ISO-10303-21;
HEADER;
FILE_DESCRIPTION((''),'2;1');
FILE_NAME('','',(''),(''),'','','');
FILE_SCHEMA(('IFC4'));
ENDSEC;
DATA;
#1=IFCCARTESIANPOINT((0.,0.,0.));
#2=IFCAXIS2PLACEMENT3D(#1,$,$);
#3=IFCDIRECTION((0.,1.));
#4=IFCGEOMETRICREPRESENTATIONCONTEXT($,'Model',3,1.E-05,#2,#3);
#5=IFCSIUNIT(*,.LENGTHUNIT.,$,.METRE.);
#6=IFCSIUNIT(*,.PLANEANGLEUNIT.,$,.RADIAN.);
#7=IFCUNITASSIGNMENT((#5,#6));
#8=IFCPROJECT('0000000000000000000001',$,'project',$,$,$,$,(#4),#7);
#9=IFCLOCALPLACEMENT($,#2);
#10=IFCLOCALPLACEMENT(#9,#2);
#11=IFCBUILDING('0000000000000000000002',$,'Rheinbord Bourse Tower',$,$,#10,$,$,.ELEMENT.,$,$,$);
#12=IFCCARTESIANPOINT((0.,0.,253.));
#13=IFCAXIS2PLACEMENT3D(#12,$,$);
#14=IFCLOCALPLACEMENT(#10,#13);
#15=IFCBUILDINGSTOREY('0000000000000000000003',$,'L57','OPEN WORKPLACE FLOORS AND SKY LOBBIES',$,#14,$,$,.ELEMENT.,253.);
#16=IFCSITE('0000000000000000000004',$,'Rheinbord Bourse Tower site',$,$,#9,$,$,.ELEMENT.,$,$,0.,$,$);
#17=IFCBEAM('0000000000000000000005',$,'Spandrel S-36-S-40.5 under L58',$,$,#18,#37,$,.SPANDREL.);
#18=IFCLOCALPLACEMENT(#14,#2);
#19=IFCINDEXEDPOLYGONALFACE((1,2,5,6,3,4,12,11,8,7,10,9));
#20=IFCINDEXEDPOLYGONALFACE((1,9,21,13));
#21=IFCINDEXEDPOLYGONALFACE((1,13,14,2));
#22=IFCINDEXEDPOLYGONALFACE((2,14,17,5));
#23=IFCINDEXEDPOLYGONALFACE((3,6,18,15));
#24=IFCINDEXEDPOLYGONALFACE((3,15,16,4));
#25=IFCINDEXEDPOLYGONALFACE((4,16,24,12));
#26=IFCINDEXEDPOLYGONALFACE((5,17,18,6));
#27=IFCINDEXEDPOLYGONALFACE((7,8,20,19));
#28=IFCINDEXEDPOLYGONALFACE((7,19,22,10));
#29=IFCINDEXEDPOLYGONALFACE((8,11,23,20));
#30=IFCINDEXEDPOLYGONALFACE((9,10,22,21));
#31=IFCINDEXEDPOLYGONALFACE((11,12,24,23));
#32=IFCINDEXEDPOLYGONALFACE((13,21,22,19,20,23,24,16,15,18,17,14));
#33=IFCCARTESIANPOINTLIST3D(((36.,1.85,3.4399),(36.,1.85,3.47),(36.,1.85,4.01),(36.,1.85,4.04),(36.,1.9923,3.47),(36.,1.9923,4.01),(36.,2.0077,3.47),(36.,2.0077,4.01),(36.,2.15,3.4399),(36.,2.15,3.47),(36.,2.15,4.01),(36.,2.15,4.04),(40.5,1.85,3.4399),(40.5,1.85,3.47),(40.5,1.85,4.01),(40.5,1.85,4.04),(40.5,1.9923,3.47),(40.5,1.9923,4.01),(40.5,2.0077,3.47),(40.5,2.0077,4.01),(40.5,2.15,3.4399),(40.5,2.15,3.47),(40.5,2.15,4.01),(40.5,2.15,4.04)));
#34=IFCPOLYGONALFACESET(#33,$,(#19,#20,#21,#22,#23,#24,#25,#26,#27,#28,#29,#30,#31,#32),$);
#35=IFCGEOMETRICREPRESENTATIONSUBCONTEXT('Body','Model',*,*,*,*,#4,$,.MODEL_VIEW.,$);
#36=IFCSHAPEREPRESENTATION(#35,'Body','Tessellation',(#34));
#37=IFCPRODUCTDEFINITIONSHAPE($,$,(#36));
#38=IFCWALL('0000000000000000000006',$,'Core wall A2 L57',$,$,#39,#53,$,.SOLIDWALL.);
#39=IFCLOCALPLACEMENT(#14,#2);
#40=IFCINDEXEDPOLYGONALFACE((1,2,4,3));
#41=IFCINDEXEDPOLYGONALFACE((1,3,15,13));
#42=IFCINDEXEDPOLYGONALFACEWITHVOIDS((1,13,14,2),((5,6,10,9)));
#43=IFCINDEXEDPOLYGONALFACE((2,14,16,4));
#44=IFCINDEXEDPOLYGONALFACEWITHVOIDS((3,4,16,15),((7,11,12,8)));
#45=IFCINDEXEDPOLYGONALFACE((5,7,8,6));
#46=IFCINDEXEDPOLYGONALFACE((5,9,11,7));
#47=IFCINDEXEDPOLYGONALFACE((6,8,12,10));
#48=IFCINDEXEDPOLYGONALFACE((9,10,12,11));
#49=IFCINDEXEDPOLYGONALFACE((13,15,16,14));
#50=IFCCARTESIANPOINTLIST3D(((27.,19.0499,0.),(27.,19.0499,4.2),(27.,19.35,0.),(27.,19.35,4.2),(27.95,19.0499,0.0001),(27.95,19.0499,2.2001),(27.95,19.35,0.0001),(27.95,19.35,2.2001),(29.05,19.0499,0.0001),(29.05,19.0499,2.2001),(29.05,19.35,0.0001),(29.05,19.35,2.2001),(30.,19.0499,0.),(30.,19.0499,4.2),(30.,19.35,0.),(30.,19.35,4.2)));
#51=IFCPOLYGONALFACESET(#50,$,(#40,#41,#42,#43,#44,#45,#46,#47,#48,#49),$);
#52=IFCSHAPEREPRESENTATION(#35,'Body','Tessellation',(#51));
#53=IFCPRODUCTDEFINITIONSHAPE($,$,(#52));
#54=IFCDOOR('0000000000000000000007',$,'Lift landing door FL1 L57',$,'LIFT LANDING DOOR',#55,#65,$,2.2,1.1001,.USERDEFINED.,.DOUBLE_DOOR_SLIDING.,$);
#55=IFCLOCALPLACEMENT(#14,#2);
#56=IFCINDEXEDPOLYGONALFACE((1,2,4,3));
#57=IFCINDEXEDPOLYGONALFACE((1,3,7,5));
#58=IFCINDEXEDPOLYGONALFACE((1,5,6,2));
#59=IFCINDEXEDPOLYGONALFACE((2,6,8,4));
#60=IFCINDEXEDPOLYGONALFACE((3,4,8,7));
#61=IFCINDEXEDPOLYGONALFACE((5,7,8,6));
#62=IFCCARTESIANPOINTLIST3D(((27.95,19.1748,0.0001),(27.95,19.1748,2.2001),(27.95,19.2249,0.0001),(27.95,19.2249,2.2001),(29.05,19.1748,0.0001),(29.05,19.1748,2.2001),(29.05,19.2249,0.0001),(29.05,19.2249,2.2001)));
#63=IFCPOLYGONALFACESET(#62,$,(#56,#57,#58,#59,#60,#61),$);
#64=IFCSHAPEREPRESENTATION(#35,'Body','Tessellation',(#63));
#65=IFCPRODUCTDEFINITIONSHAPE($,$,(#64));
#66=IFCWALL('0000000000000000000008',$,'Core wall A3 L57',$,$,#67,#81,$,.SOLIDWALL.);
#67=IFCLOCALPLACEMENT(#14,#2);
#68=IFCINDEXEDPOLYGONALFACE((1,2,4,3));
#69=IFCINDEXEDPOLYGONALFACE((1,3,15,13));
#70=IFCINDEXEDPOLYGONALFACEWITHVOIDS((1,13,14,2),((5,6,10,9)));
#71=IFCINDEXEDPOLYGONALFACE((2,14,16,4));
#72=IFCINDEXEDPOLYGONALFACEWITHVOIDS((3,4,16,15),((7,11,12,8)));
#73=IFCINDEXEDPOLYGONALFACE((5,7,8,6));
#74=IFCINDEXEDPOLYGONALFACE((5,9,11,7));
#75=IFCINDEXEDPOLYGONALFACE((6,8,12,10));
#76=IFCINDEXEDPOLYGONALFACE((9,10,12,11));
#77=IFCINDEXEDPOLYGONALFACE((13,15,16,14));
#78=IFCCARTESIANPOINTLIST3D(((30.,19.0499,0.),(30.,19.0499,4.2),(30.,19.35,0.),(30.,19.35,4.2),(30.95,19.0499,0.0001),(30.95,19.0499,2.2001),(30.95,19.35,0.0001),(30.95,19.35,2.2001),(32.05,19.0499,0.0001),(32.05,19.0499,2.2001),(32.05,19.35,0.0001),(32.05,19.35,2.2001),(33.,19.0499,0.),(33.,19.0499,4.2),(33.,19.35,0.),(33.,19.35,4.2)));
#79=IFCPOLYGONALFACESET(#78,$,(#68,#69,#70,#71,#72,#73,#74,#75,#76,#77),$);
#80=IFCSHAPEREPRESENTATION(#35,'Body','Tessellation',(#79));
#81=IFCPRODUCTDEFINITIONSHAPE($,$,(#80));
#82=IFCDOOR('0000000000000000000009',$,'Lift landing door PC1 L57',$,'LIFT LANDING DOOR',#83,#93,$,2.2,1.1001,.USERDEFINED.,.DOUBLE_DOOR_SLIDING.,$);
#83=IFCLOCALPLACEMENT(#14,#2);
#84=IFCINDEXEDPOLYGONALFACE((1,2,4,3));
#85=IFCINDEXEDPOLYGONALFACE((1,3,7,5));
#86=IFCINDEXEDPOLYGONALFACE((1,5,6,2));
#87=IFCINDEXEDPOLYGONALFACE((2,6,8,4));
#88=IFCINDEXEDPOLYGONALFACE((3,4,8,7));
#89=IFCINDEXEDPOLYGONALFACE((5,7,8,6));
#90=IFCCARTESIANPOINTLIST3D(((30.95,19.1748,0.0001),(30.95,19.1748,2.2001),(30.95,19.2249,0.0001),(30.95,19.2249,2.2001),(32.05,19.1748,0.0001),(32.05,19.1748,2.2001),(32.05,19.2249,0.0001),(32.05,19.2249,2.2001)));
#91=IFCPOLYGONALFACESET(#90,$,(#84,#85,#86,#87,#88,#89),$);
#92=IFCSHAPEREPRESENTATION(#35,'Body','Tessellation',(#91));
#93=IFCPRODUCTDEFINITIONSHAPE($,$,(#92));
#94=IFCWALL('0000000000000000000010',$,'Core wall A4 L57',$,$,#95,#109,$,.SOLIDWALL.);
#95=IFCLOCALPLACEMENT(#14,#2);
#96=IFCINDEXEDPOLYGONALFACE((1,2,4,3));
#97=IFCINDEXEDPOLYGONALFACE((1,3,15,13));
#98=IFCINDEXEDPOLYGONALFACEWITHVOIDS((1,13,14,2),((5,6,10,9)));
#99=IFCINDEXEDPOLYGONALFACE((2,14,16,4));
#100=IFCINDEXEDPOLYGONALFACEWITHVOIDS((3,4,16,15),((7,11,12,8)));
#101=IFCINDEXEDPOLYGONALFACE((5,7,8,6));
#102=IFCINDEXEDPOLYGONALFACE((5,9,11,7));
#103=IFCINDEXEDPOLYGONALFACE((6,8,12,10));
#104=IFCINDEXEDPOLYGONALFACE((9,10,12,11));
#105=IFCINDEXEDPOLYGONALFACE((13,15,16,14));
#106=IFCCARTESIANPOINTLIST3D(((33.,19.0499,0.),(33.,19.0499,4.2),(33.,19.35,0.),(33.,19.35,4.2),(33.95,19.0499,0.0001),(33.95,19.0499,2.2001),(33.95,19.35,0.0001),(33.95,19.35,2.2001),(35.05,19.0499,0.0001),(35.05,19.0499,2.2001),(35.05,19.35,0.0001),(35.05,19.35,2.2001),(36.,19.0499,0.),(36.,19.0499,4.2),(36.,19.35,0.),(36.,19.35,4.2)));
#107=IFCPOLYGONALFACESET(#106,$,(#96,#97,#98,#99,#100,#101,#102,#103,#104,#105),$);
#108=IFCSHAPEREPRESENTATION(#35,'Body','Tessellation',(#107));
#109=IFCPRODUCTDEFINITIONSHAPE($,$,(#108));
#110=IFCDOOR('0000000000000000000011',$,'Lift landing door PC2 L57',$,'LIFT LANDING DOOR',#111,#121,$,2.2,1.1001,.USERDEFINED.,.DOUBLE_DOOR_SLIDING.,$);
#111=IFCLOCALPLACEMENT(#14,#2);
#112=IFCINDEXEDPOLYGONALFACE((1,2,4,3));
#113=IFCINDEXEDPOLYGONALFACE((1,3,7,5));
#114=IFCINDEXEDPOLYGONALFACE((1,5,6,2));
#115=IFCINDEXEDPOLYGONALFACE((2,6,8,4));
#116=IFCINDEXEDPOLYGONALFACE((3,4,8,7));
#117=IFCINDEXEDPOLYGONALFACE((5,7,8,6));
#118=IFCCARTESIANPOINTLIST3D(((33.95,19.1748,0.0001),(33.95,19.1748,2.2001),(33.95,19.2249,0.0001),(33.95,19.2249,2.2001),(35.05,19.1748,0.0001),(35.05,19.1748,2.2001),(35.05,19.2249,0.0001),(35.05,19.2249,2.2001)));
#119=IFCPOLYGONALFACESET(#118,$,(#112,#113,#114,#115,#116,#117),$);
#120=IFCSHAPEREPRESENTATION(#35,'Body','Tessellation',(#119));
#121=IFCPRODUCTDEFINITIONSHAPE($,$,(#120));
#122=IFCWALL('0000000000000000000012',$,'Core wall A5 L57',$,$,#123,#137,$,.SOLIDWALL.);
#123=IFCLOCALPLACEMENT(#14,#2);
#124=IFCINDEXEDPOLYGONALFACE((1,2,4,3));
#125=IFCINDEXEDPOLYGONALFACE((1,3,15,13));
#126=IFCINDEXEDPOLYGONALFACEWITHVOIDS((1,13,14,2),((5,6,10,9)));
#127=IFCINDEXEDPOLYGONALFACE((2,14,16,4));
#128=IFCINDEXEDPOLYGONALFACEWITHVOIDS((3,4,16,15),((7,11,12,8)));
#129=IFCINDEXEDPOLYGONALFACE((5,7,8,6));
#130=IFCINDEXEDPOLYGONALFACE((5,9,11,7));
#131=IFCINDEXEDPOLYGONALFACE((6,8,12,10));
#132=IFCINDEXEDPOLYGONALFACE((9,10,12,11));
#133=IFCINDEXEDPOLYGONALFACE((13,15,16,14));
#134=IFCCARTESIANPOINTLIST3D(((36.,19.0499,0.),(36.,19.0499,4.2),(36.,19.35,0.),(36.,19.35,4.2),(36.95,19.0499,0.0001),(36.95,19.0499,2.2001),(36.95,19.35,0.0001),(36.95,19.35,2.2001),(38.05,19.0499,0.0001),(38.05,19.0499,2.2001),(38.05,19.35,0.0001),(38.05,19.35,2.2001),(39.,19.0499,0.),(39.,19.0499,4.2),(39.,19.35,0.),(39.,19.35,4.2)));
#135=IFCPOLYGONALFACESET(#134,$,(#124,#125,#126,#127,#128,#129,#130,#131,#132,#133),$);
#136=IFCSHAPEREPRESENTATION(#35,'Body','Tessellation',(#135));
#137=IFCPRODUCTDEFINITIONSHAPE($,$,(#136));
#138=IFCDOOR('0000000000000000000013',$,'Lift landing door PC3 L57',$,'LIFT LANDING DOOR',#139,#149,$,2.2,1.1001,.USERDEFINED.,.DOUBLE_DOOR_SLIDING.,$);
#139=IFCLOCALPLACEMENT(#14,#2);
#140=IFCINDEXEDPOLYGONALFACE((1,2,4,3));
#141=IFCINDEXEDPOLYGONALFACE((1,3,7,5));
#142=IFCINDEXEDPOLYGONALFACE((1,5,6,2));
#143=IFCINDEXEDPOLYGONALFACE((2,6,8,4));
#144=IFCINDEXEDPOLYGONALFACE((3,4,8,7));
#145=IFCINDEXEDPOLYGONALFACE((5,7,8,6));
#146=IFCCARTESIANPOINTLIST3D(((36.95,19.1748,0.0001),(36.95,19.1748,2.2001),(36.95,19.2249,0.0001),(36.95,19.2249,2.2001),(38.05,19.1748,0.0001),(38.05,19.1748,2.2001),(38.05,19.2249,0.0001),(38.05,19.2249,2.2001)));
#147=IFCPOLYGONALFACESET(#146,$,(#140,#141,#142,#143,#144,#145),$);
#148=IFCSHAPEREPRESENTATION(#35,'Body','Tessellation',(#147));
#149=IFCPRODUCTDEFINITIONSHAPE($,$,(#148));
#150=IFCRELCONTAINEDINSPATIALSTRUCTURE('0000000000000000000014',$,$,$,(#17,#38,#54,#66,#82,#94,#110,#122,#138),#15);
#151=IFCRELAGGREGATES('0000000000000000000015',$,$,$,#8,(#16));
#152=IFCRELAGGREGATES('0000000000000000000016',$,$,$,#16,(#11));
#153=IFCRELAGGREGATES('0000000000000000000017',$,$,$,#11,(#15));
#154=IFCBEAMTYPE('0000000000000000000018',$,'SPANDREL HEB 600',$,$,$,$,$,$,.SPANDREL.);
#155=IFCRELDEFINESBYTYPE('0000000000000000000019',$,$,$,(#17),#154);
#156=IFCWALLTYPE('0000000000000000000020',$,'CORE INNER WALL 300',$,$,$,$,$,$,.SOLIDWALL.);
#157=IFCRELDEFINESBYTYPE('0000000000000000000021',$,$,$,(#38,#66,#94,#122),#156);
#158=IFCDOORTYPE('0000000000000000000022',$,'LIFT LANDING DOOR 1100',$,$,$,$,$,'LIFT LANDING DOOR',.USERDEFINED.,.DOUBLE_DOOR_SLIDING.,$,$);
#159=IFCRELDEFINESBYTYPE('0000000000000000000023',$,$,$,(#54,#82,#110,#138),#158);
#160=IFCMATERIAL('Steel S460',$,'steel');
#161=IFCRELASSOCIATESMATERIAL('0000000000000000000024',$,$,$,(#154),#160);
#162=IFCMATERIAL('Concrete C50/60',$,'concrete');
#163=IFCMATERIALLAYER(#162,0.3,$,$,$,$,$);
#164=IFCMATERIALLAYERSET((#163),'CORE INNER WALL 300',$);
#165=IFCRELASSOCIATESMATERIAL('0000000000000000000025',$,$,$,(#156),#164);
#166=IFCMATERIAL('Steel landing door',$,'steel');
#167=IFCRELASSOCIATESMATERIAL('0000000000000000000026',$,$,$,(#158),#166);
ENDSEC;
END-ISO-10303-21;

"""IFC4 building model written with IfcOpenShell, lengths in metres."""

from ifc_helpers import new_model, si_unit, direction, frame, frame_2d, origin, origin_2d, place, context, subcontext, project, spatial, rectangle, i_section, extrude, material, layer, layer_set, material_profile, profile_set, type_object, element, fill, save


model = new_model("IFC4")

# Units and contexts
model_context = context("Model", 3, precision=1e-05, world=origin(), true_north=direction((0.0, 1.0)))
body_context = subcontext(model_context, "Body", "Model", "MODEL_VIEW")
ifc_project = project(units=[si_unit("LENGTHUNIT", "METRE"), si_unit("PLANEANGLEUNIT", "RADIAN")], contexts=[model_context])

# Site, building, storey
site_placement = place(None, origin())
site = spatial("IfcSite", under=ifc_project, at=site_placement, Name="Rheinbord Bourse Tower site", CompositionType="ELEMENT", RefElevation=0.0)
building_placement = place(site_placement, origin())
building = spatial("IfcBuilding", under=site, at=building_placement, Name="Rheinbord Bourse Tower", CompositionType="ELEMENT")
storey_placement = place(building_placement, frame((0.0, 0.0, 253.0)))
storey = spatial("IfcBuildingStorey", under=building, at=storey_placement, Name="L57", Description="OPEN WORKPLACE FLOORS AND SKY LOBBIES", CompositionType="ELEMENT", Elevation=253.0)

# Beam
ifc_material_1 = material(Name="Steel S460", Category="steel")
ifc_material_profile = material_profile(ifc_material_1, i_section(OverallWidth=0.3, OverallDepth=0.6001, WebThickness=0.0154, FlangeThickness=0.03, at=origin_2d()), Name="HEB 600")
ifc_profile_set = profile_set([ifc_material_profile], Name="Steel S460")
beam_type = type_object("IfcBeamType", Name="SPANDREL HEB 600", PredefinedType="SPANDREL", material=ifc_profile_set)
beam_placement = place(storey_placement, frame((36.0, 2.0, 3.74), z_axis=(1.0, 0.0, 0.0), x_axis=(0.0, 1.0, 0.0)))
element("IfcBeam", 1, at=beam_placement, inside=storey, type_object=beam_type, Name="Spandrel S-36-S-40.5 under L58", PredefinedType="SPANDREL", context=body_context, shape_type="SweptSolid", body=[
    extrude(i_section(OverallWidth=0.3, OverallDepth=0.6001, WebThickness=0.0154, FlangeThickness=0.03, at=origin_2d()), origin(), (0.0, 0.0, 1.0), 4.5),
])

# Walls, openings, doors
ifc_material_2 = material(Name="Concrete C50/60", Category="concrete")
ifc_layer_1 = layer(ifc_material_2, 0.3)
ifc_layer_set_1 = layer_set([ifc_layer_1], Name="CORE INNER WALL 300")
wall_type_1 = type_object("IfcWallType", Name="CORE INNER WALL 300", PredefinedType="SOLIDWALL", material=ifc_layer_set_1)
wall_1_placement = place(storey_placement, frame((27.0, 19.2, 0.0), z_axis=(0.0, 0.0, 1.0), x_axis=(1.0, 0.0, 0.0)))
wall_1 = element("IfcWall", 2, at=wall_1_placement, inside=storey, type_object=wall_type_1, Name="Core wall A2 L57", PredefinedType="SOLIDWALL", context=body_context, shape_type="SweptSolid", body=[
    extrude(rectangle(XDim=3.0, YDim=0.3, at=frame_2d((1.5, 0.0))), origin(), (0.0, 0.0, 1.0), 4.2),
])
opening_1_placement = place(wall_1_placement, frame((0.95, 0.0, 0.0)))
opening_1 = element("IfcOpeningElement", 3, at=opening_1_placement, cuts=wall_1, PredefinedType="OPENING", context=body_context, shape_type="SweptSolid", body=[
    extrude(rectangle(XDim=1.1001, YDim=2.2, at=frame_2d((0.55, 1.1001))), frame((0.0, 0.1599, 0.0), z_axis=(0.0, -1.0, 0.0), x_axis=(1.0, 0.0, 0.0)), (0.0, 0.0, 1.0), 0.3201),
])
ifc_material_3 = material(Name="Steel landing door", Category="steel")
door_type_1 = type_object("IfcDoorType", Name="LIFT LANDING DOOR 1100", ElementType="LIFT LANDING DOOR", OperationType="DOUBLE_DOOR_SLIDING", PredefinedType="USERDEFINED", material=ifc_material_3)
door_1_placement = place(opening_1_placement, origin())
door_1 = element("IfcDoor", 4, at=door_1_placement, inside=storey, type_object=door_type_1, Name="Lift landing door FL1 L57", ObjectType="LIFT LANDING DOOR", OperationType="DOUBLE_DOOR_SLIDING", OverallHeight=2.2, OverallWidth=1.1001, PredefinedType="USERDEFINED", context=body_context, shape_type="SweptSolid", body=[
    extrude(rectangle(XDim=1.1001, YDim=2.2, at=frame_2d((0.55, 1.1001))), frame((0.0, 0.0249, 0.0), z_axis=(0.0, -1.0, 0.0), x_axis=(1.0, 0.0, 0.0)), (0.0, 0.0, 1.0), 0.05),
])
fill(opening_1, door_1)
wall_2_placement = place(storey_placement, frame((30.0, 19.2, 0.0), z_axis=(0.0, 0.0, 1.0), x_axis=(1.0, 0.0, 0.0)))
wall_2 = element("IfcWall", 5, at=wall_2_placement, inside=storey, type_object=wall_type_1, Name="Core wall A3 L57", PredefinedType="SOLIDWALL", context=body_context, shape_type="SweptSolid", body=[
    extrude(rectangle(XDim=3.0, YDim=0.3, at=frame_2d((1.5, 0.0))), origin(), (0.0, 0.0, 1.0), 4.2),
])
opening_2_placement = place(wall_2_placement, frame((0.95, 0.0, 0.0)))
opening_2 = element("IfcOpeningElement", 6, at=opening_2_placement, cuts=wall_2, PredefinedType="OPENING", context=body_context, shape_type="SweptSolid", body=[
    extrude(rectangle(XDim=1.1001, YDim=2.2, at=frame_2d((0.55, 1.1001))), frame((0.0, 0.1599, 0.0), z_axis=(0.0, -1.0, 0.0), x_axis=(1.0, 0.0, 0.0)), (0.0, 0.0, 1.0), 0.3201),
])
door_2_placement = place(opening_2_placement, origin())
door_2 = element("IfcDoor", 7, at=door_2_placement, inside=storey, type_object=door_type_1, Name="Lift landing door PC1 L57", ObjectType="LIFT LANDING DOOR", OperationType="DOUBLE_DOOR_SLIDING", OverallHeight=2.2, OverallWidth=1.1001, PredefinedType="USERDEFINED", context=body_context, shape_type="SweptSolid", body=[
    extrude(rectangle(XDim=1.1001, YDim=2.2, at=frame_2d((0.55, 1.1001))), frame((0.0, 0.0249, 0.0), z_axis=(0.0, -1.0, 0.0), x_axis=(1.0, 0.0, 0.0)), (0.0, 0.0, 1.0), 0.05),
])
fill(opening_2, door_2)
wall_3_placement = place(storey_placement, frame((33.0, 19.2, 0.0), z_axis=(0.0, 0.0, 1.0), x_axis=(1.0, 0.0, 0.0)))
wall_3 = element("IfcWall", 8, at=wall_3_placement, inside=storey, type_object=wall_type_1, Name="Core wall A4 L57", PredefinedType="SOLIDWALL", context=body_context, shape_type="SweptSolid", body=[
    extrude(rectangle(XDim=3.0, YDim=0.3, at=frame_2d((1.5, 0.0))), origin(), (0.0, 0.0, 1.0), 4.2),
])
opening_3_placement = place(wall_3_placement, frame((0.95, 0.0, 0.0)))
opening_3 = element("IfcOpeningElement", 9, at=opening_3_placement, cuts=wall_3, PredefinedType="OPENING", context=body_context, shape_type="SweptSolid", body=[
    extrude(rectangle(XDim=1.1001, YDim=2.2, at=frame_2d((0.55, 1.1001))), frame((0.0, 0.1599, 0.0), z_axis=(0.0, -1.0, 0.0), x_axis=(1.0, 0.0, 0.0)), (0.0, 0.0, 1.0), 0.3201),
])
door_3_placement = place(opening_3_placement, origin())
door_3 = element("IfcDoor", 10, at=door_3_placement, inside=storey, type_object=door_type_1, Name="Lift landing door PC2 L57", ObjectType="LIFT LANDING DOOR", OperationType="DOUBLE_DOOR_SLIDING", OverallHeight=2.2, OverallWidth=1.1001, PredefinedType="USERDEFINED", context=body_context, shape_type="SweptSolid", body=[
    extrude(rectangle(XDim=1.1001, YDim=2.2, at=frame_2d((0.55, 1.1001))), frame((0.0, 0.0249, 0.0), z_axis=(0.0, -1.0, 0.0), x_axis=(1.0, 0.0, 0.0)), (0.0, 0.0, 1.0), 0.05),
])
fill(opening_3, door_3)
wall_4_placement = place(storey_placement, frame((36.0, 19.2, 0.0), z_axis=(0.0, 0.0, 1.0), x_axis=(1.0, 0.0, 0.0)))
wall_4 = element("IfcWall", 11, at=wall_4_placement, inside=storey, type_object=wall_type_1, Name="Core wall A5 L57", PredefinedType="SOLIDWALL", context=body_context, shape_type="SweptSolid", body=[
    extrude(rectangle(XDim=3.0, YDim=0.3, at=frame_2d((1.5, 0.0))), origin(), (0.0, 0.0, 1.0), 4.2),
])
opening_4_placement = place(wall_4_placement, frame((0.95, 0.0, 0.0)))
opening_4 = element("IfcOpeningElement", 12, at=opening_4_placement, cuts=wall_4, PredefinedType="OPENING", context=body_context, shape_type="SweptSolid", body=[
    extrude(rectangle(XDim=1.1001, YDim=2.2, at=frame_2d((0.55, 1.1001))), frame((0.0, 0.1599, 0.0), z_axis=(0.0, -1.0, 0.0), x_axis=(1.0, 0.0, 0.0)), (0.0, 0.0, 1.0), 0.3201),
])
door_4_placement = place(opening_4_placement, origin())
door_4 = element("IfcDoor", 13, at=door_4_placement, inside=storey, type_object=door_type_1, Name="Lift landing door PC3 L57", ObjectType="LIFT LANDING DOOR", OperationType="DOUBLE_DOOR_SLIDING", OverallHeight=2.2, OverallWidth=1.1001, PredefinedType="USERDEFINED", context=body_context, shape_type="SweptSolid", body=[
    extrude(rectangle(XDim=1.1001, YDim=2.2, at=frame_2d((0.55, 1.1001))), frame((0.0, 0.0249, 0.0), z_axis=(0.0, -1.0, 0.0), x_axis=(1.0, 0.0, 0.0)), (0.0, 0.0, 1.0), 0.05),
])
fill(opening_4, door_4)

save(model, "model.ifc")
